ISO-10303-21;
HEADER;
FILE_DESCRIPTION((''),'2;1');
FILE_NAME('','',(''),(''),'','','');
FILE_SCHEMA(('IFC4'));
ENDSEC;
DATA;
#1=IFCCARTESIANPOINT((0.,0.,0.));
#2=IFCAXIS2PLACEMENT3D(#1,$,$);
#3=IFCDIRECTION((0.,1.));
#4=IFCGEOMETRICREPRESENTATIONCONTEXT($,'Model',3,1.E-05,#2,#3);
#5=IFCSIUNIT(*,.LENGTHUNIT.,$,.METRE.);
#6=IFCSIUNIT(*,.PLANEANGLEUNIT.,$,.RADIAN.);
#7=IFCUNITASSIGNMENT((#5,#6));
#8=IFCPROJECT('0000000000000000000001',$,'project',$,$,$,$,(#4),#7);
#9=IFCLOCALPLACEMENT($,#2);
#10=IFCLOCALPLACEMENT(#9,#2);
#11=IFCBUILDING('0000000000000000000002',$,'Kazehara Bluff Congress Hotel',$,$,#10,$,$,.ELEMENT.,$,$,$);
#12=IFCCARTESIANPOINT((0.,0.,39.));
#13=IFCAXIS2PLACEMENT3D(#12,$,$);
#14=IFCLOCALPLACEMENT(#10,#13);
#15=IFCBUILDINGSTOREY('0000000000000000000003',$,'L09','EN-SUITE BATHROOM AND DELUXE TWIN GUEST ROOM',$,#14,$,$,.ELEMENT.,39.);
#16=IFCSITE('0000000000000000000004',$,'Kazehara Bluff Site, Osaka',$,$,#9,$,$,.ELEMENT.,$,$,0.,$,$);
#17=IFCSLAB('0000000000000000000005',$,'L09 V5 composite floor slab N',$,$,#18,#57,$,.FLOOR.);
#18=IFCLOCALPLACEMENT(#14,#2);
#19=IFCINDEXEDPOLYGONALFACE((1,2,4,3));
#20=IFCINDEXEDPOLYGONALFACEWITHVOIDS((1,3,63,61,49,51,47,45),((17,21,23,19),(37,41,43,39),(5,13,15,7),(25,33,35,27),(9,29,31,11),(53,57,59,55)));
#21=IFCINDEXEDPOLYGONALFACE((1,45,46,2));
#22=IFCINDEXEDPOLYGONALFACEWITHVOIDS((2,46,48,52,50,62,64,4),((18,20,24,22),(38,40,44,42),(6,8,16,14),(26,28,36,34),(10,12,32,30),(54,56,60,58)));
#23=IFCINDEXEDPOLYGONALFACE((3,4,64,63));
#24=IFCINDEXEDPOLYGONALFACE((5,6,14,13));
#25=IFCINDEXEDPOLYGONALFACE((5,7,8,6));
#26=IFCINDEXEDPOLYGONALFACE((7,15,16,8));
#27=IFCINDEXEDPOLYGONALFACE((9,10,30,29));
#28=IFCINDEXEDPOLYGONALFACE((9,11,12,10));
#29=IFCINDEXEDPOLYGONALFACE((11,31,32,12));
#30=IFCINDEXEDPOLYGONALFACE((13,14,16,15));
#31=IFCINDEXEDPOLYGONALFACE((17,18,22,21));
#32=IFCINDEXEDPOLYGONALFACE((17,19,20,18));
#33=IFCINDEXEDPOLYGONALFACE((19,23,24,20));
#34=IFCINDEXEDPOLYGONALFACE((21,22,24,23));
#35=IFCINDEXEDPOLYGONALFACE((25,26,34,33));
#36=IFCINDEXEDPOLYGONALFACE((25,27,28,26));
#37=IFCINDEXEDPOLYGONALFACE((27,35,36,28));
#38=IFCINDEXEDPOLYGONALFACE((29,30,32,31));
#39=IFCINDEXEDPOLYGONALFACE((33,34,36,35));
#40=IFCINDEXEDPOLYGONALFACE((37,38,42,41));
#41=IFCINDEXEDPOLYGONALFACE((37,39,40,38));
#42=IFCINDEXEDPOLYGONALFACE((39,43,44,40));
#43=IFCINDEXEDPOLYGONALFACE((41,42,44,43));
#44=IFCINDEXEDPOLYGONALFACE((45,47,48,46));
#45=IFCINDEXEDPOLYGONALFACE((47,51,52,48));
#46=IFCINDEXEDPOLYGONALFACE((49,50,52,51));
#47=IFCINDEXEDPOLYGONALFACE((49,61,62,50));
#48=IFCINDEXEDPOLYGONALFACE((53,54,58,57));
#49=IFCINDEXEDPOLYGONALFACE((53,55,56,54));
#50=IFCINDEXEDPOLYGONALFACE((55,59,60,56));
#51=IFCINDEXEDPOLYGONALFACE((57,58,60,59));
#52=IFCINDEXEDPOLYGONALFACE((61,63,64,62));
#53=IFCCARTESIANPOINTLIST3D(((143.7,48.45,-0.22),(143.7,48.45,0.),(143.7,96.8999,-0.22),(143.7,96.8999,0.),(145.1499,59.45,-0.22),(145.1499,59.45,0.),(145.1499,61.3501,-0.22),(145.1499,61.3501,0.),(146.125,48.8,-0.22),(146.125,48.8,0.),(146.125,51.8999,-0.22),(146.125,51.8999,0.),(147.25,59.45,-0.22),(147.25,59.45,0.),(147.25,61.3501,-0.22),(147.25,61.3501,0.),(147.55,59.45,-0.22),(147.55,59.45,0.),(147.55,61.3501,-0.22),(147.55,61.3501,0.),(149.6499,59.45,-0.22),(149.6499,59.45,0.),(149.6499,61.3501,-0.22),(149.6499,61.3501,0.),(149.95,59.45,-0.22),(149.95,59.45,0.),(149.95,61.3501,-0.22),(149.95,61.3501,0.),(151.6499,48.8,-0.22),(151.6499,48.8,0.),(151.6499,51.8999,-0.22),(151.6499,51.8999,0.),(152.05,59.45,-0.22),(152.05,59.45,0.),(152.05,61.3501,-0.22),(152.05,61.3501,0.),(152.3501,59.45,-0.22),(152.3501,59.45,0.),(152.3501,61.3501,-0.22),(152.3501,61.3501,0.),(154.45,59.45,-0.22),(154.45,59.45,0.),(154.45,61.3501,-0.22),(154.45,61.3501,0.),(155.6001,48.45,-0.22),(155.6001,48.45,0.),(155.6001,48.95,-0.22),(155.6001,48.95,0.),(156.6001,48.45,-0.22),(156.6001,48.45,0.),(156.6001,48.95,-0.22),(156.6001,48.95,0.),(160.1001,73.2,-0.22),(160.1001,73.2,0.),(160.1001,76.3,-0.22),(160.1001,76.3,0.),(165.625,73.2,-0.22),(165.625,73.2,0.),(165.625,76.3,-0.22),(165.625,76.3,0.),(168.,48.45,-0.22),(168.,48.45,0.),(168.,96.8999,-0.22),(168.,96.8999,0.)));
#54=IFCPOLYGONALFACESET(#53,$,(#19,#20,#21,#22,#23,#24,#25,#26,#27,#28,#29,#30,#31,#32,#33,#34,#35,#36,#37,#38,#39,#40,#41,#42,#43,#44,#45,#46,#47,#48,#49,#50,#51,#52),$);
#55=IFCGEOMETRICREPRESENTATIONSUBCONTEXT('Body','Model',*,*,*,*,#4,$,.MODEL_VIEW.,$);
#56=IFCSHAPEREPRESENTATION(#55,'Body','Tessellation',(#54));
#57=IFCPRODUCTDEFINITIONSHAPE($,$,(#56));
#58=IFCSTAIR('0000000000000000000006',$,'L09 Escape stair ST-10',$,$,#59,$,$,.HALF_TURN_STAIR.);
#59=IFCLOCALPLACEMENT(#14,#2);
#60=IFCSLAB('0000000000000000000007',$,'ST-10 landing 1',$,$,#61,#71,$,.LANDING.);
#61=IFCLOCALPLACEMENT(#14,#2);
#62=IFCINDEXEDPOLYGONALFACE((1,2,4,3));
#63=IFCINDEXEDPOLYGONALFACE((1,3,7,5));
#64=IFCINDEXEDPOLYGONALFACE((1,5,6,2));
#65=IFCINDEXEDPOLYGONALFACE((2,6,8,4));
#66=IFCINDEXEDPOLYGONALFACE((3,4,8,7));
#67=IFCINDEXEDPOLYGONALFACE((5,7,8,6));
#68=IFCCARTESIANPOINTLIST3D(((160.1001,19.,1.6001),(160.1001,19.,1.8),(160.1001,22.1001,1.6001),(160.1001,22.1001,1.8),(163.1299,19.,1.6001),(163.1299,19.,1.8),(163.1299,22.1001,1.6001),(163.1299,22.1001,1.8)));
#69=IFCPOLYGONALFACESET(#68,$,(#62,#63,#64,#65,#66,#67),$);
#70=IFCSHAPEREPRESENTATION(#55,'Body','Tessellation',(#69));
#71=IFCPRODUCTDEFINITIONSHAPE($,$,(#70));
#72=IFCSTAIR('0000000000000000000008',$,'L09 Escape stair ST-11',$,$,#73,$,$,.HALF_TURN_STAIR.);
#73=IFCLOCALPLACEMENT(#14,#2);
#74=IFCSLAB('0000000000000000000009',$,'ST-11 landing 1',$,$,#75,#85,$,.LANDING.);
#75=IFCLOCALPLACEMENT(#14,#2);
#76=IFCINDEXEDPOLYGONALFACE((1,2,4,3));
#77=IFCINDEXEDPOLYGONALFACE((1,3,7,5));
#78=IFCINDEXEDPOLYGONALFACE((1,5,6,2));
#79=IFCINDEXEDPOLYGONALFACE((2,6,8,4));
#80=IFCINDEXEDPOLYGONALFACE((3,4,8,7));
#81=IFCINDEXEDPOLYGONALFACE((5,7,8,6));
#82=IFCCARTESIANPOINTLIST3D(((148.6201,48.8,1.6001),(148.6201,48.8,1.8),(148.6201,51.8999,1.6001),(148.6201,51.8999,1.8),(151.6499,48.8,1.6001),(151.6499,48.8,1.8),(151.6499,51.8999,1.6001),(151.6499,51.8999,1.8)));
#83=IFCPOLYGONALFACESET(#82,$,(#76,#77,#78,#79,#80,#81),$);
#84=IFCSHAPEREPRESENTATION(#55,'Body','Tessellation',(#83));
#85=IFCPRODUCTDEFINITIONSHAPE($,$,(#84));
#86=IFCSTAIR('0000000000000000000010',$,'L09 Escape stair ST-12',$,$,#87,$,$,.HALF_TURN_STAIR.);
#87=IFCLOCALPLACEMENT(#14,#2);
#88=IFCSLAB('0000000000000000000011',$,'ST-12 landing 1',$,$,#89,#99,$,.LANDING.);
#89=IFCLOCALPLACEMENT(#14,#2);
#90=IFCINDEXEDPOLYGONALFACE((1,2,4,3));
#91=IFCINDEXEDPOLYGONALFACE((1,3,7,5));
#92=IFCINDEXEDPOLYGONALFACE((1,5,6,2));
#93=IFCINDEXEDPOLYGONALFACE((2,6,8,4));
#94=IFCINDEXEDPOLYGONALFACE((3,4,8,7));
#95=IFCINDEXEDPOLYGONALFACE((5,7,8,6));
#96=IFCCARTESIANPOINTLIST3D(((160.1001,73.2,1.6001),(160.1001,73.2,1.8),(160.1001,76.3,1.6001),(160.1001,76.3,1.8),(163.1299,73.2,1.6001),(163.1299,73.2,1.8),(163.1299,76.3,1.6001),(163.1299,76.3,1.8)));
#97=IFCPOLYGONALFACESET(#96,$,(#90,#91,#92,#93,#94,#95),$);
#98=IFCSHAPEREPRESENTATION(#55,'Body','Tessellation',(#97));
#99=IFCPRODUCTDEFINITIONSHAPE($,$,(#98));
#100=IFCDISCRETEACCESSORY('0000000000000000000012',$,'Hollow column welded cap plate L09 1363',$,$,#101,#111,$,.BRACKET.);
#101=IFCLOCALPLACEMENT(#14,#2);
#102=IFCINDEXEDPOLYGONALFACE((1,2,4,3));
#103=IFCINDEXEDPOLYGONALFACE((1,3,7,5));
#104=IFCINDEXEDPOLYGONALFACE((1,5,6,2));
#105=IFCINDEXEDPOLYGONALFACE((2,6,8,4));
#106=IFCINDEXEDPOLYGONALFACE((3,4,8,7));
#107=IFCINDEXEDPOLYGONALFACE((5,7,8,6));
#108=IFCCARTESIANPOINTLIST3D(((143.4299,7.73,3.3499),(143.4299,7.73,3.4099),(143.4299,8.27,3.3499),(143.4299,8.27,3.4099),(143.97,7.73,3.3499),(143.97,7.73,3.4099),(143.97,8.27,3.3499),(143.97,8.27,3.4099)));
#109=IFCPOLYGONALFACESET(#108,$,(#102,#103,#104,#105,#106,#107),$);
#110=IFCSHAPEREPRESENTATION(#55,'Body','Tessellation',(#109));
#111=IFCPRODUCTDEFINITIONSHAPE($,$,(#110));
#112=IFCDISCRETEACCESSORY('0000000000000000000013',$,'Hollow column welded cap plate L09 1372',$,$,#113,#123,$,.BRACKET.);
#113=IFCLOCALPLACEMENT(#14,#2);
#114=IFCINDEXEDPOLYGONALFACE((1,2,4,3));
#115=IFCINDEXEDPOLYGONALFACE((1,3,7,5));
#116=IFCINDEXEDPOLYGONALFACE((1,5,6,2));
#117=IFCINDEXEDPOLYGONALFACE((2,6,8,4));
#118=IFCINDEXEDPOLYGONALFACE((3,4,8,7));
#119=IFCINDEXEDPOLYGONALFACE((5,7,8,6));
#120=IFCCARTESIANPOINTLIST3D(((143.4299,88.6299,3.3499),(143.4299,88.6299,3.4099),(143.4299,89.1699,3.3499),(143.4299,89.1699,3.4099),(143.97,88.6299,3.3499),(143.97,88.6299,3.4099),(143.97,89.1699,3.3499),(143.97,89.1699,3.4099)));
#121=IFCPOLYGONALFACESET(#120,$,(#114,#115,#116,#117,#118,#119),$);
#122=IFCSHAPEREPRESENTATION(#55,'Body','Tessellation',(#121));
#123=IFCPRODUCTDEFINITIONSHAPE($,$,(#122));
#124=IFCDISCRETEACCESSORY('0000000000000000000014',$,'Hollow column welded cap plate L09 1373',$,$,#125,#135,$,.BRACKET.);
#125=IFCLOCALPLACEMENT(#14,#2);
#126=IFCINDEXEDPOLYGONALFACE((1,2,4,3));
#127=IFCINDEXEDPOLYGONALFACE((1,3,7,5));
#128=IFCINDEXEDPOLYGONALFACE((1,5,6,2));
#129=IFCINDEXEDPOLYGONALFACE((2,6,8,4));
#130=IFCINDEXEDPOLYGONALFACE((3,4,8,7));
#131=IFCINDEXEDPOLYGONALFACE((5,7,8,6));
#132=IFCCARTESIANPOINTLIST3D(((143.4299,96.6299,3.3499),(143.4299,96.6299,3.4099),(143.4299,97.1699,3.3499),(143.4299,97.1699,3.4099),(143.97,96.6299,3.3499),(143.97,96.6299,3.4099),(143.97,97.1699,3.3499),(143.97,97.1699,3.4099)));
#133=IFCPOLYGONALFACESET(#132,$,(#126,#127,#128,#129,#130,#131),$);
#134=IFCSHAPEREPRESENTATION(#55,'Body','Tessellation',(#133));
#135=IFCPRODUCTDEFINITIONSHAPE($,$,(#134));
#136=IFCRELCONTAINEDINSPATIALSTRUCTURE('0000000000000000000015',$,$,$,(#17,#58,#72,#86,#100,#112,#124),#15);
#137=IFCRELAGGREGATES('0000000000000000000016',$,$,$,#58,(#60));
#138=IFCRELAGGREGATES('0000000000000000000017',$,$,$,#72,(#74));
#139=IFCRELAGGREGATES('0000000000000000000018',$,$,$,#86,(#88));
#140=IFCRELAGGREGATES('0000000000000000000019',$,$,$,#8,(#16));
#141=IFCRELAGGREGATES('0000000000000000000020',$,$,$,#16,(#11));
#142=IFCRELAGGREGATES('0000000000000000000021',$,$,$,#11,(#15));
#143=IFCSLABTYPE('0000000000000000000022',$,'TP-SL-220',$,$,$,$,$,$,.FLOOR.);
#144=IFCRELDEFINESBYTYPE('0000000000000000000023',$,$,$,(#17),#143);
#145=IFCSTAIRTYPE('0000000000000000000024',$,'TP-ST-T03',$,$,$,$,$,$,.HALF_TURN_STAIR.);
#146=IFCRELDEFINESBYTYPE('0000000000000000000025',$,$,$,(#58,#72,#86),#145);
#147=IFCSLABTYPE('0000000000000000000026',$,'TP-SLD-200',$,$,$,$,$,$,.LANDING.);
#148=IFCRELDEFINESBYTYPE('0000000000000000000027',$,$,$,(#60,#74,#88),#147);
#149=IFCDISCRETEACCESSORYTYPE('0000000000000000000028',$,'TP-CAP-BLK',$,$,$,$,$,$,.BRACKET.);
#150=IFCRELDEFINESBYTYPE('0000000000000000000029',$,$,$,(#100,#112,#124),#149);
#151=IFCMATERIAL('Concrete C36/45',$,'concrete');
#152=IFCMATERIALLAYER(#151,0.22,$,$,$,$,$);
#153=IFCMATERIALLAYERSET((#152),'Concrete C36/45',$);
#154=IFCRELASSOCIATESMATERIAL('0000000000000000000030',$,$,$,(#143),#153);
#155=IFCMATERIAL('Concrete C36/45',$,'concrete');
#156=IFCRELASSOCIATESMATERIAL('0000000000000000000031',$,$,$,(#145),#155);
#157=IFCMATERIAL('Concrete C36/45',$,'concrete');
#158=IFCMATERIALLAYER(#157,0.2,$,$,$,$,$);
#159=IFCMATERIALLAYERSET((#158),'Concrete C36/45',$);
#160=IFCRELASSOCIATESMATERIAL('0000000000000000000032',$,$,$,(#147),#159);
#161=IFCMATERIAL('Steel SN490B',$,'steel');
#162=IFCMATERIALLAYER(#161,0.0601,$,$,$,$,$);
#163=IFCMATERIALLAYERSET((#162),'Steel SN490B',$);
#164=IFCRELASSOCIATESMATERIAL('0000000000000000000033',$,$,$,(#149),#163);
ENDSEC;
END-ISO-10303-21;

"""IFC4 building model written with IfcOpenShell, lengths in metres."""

from ifc_helpers import new_model, si_unit, direction, frame, origin, origin_2d, place, context, subcontext, project, spatial, polyline, rectangle, outline, extrude, material, layer, layer_set, type_object, element, aggregate, save


model = new_model("IFC4")

# Units and contexts
model_context = context("Model", 3, precision=1e-05, world=origin(), true_north=direction((0.0, 1.0)))
body_context = subcontext(model_context, "Body", "Model", "MODEL_VIEW")
ifc_project = project(units=[si_unit("LENGTHUNIT", "METRE"), si_unit("PLANEANGLEUNIT", "RADIAN")], contexts=[model_context])

# Site, building, storey
site_placement = place(None, origin())
site = spatial("IfcSite", under=ifc_project, at=site_placement, Name="Kazehara Bluff Site, Osaka", CompositionType="ELEMENT", RefElevation=0.0)
building_placement = place(site_placement, origin())
building = spatial("IfcBuilding", under=site, at=building_placement, Name="Kazehara Bluff Congress Hotel", CompositionType="ELEMENT")
storey_placement = place(building_placement, frame((0.0, 0.0, 39.0)))
storey = spatial("IfcBuildingStorey", under=building, at=storey_placement, Name="L09", Description="EN-SUITE BATHROOM AND DELUXE TWIN GUEST ROOM", CompositionType="ELEMENT", Elevation=39.0)

# Slab
ifc_material_1 = material(Name="Concrete C36/45", Category="concrete")
ifc_layer_1 = layer(ifc_material_1, 0.22)
ifc_layer_set_1 = layer_set([ifc_layer_1], Name="Concrete C36/45")
slab_type_1 = type_object("IfcSlabType", Name="TP-SL-220", PredefinedType="FLOOR", material=ifc_layer_set_1)
slab_1_placement = place(storey_placement, frame((0.0, 0.0, -0.22)))
element("IfcSlab", 1, at=slab_1_placement, inside=storey, type_object=slab_type_1, Name="L09 V5 composite floor slab N", PredefinedType="FLOOR", context=body_context, shape_type="SweptSolid", body=[
    extrude(outline(polyline([(168.0, 96.8999), (168.0, 48.45), (156.6001, 48.45), (156.6001, 48.95), (155.6001, 48.95), (155.6001, 48.45), (143.7, 48.45), (143.7, 96.8999), (168.0, 96.8999)]), holes=[polyline([(146.125, 48.8), (151.6499, 48.8), (151.6499, 51.8999), (146.125, 51.8999), (146.125, 48.8)]), polyline([(165.625, 76.3), (160.1001, 76.3), (160.1001, 73.2), (165.625, 73.2), (165.625, 76.3)]), polyline([(145.1499, 59.45), (147.25, 59.45), (147.25, 61.3501), (145.1499, 61.3501), (145.1499, 59.45)]), polyline([(147.55, 59.45), (149.6499, 59.45), (149.6499, 61.3501), (147.55, 61.3501), (147.55, 59.45)]), polyline([(149.95, 59.45), (152.05, 59.45), (152.05, 61.3501), (149.95, 61.3501), (149.95, 59.45)]), polyline([(152.3501, 59.45), (154.45, 59.45), (154.45, 61.3501), (152.3501, 61.3501), (152.3501, 59.45)])]), origin(), (0.0, 0.0, 1.0), 0.22),
])

# Stairs, slabs
ifc_material_2 = material(Name="Concrete C36/45", Category="concrete")
stair_type = type_object("IfcStairType", Name="TP-ST-T03", PredefinedType="HALF_TURN_STAIR", material=ifc_material_2)
stair_1_placement = place(storey_placement, origin())
stair_1 = element("IfcStair", 2, at=stair_1_placement, inside=storey, type_object=stair_type, Name="L09 Escape stair ST-10", PredefinedType="HALF_TURN_STAIR")
ifc_material_3 = material(Name="Concrete C36/45", Category="concrete")
ifc_layer_2 = layer(ifc_material_3, 0.2)
ifc_layer_set_2 = layer_set([ifc_layer_2], Name="Concrete C36/45")
slab_type_2 = type_object("IfcSlabType", Name="TP-SLD-200", PredefinedType="LANDING", material=ifc_layer_set_2)
slab_2_placement = place(storey_placement, frame((0.0, 0.0, 1.6001)))
slab_2 = element("IfcSlab", 3, at=slab_2_placement, type_object=slab_type_2, Name="ST-10 landing 1", PredefinedType="LANDING", context=body_context, shape_type="SweptSolid", body=[
    extrude(outline(polyline([(163.1299, 22.1001), (160.1001, 22.1001), (160.1001, 19.0), (163.1299, 19.0), (163.1299, 22.1001)])), origin(), (0.0, 0.0, 1.0), 0.2),
])
aggregate(stair_1, [slab_2])
stair_2_placement = place(storey_placement, origin())
stair_2 = element("IfcStair", 4, at=stair_2_placement, inside=storey, type_object=stair_type, Name="L09 Escape stair ST-11", PredefinedType="HALF_TURN_STAIR")
slab_3_placement = place(storey_placement, frame((0.0, 0.0, 1.6001)))
slab_3 = element("IfcSlab", 5, at=slab_3_placement, type_object=slab_type_2, Name="ST-11 landing 1", PredefinedType="LANDING", context=body_context, shape_type="SweptSolid", body=[
    extrude(outline(polyline([(148.6201, 48.8), (151.6499, 48.8), (151.6499, 51.8999), (148.6201, 51.8999), (148.6201, 48.8)])), origin(), (0.0, 0.0, 1.0), 0.2),
])
aggregate(stair_2, [slab_3])
stair_3_placement = place(storey_placement, origin())
stair_3 = element("IfcStair", 6, at=stair_3_placement, inside=storey, type_object=stair_type, Name="L09 Escape stair ST-12", PredefinedType="HALF_TURN_STAIR")
slab_4_placement = place(storey_placement, frame((0.0, 0.0, 1.6001)))
slab_4 = element("IfcSlab", 7, at=slab_4_placement, type_object=slab_type_2, Name="ST-12 landing 1", PredefinedType="LANDING", context=body_context, shape_type="SweptSolid", body=[
    extrude(outline(polyline([(163.1299, 76.3), (160.1001, 76.3), (160.1001, 73.2), (163.1299, 73.2), (163.1299, 76.3)])), origin(), (0.0, 0.0, 1.0), 0.2),
])
aggregate(stair_3, [slab_4])

# Discrete accessories
ifc_material_4 = material(Name="Steel SN490B", Category="steel")
ifc_layer_3 = layer(ifc_material_4, 0.0601)
ifc_layer_set_3 = layer_set([ifc_layer_3], Name="Steel SN490B")
discrete_accessory_type = type_object("IfcDiscreteAccessoryType", Name="TP-CAP-BLK", PredefinedType="BRACKET", material=ifc_layer_set_3)
for number, where, z_axis, x_axis, name in (
    (8, (143.7, 8.0, 3.3499), (0.0, 0.0, 1.0), (1.0, 0.0, 0.0), "Hollow column welded cap plate L09 1363"),
    (9, (143.7, 88.8999, 3.3499), (0.0, 0.0, 1.0), (1.0, 0.0, 0.0), "Hollow column welded cap plate L09 1372"),
    (10, (143.7, 96.8999, 3.3499), (0.0, 0.0, 1.0), (1.0, 0.0, 0.0), "Hollow column welded cap plate L09 1373"),
):
    element("IfcDiscreteAccessory", number, at=place(storey_placement, frame(where, z_axis=z_axis, x_axis=x_axis)), inside=storey, type_object=discrete_accessory_type, Name=name, PredefinedType="BRACKET", context=body_context, shape_type="SweptSolid", body=[
        extrude(rectangle(XDim=0.54, YDim=0.54, at=origin_2d()), origin(), (0.0, 0.0, 1.0), 0.0601),
    ])

save(model, "model.ifc")
